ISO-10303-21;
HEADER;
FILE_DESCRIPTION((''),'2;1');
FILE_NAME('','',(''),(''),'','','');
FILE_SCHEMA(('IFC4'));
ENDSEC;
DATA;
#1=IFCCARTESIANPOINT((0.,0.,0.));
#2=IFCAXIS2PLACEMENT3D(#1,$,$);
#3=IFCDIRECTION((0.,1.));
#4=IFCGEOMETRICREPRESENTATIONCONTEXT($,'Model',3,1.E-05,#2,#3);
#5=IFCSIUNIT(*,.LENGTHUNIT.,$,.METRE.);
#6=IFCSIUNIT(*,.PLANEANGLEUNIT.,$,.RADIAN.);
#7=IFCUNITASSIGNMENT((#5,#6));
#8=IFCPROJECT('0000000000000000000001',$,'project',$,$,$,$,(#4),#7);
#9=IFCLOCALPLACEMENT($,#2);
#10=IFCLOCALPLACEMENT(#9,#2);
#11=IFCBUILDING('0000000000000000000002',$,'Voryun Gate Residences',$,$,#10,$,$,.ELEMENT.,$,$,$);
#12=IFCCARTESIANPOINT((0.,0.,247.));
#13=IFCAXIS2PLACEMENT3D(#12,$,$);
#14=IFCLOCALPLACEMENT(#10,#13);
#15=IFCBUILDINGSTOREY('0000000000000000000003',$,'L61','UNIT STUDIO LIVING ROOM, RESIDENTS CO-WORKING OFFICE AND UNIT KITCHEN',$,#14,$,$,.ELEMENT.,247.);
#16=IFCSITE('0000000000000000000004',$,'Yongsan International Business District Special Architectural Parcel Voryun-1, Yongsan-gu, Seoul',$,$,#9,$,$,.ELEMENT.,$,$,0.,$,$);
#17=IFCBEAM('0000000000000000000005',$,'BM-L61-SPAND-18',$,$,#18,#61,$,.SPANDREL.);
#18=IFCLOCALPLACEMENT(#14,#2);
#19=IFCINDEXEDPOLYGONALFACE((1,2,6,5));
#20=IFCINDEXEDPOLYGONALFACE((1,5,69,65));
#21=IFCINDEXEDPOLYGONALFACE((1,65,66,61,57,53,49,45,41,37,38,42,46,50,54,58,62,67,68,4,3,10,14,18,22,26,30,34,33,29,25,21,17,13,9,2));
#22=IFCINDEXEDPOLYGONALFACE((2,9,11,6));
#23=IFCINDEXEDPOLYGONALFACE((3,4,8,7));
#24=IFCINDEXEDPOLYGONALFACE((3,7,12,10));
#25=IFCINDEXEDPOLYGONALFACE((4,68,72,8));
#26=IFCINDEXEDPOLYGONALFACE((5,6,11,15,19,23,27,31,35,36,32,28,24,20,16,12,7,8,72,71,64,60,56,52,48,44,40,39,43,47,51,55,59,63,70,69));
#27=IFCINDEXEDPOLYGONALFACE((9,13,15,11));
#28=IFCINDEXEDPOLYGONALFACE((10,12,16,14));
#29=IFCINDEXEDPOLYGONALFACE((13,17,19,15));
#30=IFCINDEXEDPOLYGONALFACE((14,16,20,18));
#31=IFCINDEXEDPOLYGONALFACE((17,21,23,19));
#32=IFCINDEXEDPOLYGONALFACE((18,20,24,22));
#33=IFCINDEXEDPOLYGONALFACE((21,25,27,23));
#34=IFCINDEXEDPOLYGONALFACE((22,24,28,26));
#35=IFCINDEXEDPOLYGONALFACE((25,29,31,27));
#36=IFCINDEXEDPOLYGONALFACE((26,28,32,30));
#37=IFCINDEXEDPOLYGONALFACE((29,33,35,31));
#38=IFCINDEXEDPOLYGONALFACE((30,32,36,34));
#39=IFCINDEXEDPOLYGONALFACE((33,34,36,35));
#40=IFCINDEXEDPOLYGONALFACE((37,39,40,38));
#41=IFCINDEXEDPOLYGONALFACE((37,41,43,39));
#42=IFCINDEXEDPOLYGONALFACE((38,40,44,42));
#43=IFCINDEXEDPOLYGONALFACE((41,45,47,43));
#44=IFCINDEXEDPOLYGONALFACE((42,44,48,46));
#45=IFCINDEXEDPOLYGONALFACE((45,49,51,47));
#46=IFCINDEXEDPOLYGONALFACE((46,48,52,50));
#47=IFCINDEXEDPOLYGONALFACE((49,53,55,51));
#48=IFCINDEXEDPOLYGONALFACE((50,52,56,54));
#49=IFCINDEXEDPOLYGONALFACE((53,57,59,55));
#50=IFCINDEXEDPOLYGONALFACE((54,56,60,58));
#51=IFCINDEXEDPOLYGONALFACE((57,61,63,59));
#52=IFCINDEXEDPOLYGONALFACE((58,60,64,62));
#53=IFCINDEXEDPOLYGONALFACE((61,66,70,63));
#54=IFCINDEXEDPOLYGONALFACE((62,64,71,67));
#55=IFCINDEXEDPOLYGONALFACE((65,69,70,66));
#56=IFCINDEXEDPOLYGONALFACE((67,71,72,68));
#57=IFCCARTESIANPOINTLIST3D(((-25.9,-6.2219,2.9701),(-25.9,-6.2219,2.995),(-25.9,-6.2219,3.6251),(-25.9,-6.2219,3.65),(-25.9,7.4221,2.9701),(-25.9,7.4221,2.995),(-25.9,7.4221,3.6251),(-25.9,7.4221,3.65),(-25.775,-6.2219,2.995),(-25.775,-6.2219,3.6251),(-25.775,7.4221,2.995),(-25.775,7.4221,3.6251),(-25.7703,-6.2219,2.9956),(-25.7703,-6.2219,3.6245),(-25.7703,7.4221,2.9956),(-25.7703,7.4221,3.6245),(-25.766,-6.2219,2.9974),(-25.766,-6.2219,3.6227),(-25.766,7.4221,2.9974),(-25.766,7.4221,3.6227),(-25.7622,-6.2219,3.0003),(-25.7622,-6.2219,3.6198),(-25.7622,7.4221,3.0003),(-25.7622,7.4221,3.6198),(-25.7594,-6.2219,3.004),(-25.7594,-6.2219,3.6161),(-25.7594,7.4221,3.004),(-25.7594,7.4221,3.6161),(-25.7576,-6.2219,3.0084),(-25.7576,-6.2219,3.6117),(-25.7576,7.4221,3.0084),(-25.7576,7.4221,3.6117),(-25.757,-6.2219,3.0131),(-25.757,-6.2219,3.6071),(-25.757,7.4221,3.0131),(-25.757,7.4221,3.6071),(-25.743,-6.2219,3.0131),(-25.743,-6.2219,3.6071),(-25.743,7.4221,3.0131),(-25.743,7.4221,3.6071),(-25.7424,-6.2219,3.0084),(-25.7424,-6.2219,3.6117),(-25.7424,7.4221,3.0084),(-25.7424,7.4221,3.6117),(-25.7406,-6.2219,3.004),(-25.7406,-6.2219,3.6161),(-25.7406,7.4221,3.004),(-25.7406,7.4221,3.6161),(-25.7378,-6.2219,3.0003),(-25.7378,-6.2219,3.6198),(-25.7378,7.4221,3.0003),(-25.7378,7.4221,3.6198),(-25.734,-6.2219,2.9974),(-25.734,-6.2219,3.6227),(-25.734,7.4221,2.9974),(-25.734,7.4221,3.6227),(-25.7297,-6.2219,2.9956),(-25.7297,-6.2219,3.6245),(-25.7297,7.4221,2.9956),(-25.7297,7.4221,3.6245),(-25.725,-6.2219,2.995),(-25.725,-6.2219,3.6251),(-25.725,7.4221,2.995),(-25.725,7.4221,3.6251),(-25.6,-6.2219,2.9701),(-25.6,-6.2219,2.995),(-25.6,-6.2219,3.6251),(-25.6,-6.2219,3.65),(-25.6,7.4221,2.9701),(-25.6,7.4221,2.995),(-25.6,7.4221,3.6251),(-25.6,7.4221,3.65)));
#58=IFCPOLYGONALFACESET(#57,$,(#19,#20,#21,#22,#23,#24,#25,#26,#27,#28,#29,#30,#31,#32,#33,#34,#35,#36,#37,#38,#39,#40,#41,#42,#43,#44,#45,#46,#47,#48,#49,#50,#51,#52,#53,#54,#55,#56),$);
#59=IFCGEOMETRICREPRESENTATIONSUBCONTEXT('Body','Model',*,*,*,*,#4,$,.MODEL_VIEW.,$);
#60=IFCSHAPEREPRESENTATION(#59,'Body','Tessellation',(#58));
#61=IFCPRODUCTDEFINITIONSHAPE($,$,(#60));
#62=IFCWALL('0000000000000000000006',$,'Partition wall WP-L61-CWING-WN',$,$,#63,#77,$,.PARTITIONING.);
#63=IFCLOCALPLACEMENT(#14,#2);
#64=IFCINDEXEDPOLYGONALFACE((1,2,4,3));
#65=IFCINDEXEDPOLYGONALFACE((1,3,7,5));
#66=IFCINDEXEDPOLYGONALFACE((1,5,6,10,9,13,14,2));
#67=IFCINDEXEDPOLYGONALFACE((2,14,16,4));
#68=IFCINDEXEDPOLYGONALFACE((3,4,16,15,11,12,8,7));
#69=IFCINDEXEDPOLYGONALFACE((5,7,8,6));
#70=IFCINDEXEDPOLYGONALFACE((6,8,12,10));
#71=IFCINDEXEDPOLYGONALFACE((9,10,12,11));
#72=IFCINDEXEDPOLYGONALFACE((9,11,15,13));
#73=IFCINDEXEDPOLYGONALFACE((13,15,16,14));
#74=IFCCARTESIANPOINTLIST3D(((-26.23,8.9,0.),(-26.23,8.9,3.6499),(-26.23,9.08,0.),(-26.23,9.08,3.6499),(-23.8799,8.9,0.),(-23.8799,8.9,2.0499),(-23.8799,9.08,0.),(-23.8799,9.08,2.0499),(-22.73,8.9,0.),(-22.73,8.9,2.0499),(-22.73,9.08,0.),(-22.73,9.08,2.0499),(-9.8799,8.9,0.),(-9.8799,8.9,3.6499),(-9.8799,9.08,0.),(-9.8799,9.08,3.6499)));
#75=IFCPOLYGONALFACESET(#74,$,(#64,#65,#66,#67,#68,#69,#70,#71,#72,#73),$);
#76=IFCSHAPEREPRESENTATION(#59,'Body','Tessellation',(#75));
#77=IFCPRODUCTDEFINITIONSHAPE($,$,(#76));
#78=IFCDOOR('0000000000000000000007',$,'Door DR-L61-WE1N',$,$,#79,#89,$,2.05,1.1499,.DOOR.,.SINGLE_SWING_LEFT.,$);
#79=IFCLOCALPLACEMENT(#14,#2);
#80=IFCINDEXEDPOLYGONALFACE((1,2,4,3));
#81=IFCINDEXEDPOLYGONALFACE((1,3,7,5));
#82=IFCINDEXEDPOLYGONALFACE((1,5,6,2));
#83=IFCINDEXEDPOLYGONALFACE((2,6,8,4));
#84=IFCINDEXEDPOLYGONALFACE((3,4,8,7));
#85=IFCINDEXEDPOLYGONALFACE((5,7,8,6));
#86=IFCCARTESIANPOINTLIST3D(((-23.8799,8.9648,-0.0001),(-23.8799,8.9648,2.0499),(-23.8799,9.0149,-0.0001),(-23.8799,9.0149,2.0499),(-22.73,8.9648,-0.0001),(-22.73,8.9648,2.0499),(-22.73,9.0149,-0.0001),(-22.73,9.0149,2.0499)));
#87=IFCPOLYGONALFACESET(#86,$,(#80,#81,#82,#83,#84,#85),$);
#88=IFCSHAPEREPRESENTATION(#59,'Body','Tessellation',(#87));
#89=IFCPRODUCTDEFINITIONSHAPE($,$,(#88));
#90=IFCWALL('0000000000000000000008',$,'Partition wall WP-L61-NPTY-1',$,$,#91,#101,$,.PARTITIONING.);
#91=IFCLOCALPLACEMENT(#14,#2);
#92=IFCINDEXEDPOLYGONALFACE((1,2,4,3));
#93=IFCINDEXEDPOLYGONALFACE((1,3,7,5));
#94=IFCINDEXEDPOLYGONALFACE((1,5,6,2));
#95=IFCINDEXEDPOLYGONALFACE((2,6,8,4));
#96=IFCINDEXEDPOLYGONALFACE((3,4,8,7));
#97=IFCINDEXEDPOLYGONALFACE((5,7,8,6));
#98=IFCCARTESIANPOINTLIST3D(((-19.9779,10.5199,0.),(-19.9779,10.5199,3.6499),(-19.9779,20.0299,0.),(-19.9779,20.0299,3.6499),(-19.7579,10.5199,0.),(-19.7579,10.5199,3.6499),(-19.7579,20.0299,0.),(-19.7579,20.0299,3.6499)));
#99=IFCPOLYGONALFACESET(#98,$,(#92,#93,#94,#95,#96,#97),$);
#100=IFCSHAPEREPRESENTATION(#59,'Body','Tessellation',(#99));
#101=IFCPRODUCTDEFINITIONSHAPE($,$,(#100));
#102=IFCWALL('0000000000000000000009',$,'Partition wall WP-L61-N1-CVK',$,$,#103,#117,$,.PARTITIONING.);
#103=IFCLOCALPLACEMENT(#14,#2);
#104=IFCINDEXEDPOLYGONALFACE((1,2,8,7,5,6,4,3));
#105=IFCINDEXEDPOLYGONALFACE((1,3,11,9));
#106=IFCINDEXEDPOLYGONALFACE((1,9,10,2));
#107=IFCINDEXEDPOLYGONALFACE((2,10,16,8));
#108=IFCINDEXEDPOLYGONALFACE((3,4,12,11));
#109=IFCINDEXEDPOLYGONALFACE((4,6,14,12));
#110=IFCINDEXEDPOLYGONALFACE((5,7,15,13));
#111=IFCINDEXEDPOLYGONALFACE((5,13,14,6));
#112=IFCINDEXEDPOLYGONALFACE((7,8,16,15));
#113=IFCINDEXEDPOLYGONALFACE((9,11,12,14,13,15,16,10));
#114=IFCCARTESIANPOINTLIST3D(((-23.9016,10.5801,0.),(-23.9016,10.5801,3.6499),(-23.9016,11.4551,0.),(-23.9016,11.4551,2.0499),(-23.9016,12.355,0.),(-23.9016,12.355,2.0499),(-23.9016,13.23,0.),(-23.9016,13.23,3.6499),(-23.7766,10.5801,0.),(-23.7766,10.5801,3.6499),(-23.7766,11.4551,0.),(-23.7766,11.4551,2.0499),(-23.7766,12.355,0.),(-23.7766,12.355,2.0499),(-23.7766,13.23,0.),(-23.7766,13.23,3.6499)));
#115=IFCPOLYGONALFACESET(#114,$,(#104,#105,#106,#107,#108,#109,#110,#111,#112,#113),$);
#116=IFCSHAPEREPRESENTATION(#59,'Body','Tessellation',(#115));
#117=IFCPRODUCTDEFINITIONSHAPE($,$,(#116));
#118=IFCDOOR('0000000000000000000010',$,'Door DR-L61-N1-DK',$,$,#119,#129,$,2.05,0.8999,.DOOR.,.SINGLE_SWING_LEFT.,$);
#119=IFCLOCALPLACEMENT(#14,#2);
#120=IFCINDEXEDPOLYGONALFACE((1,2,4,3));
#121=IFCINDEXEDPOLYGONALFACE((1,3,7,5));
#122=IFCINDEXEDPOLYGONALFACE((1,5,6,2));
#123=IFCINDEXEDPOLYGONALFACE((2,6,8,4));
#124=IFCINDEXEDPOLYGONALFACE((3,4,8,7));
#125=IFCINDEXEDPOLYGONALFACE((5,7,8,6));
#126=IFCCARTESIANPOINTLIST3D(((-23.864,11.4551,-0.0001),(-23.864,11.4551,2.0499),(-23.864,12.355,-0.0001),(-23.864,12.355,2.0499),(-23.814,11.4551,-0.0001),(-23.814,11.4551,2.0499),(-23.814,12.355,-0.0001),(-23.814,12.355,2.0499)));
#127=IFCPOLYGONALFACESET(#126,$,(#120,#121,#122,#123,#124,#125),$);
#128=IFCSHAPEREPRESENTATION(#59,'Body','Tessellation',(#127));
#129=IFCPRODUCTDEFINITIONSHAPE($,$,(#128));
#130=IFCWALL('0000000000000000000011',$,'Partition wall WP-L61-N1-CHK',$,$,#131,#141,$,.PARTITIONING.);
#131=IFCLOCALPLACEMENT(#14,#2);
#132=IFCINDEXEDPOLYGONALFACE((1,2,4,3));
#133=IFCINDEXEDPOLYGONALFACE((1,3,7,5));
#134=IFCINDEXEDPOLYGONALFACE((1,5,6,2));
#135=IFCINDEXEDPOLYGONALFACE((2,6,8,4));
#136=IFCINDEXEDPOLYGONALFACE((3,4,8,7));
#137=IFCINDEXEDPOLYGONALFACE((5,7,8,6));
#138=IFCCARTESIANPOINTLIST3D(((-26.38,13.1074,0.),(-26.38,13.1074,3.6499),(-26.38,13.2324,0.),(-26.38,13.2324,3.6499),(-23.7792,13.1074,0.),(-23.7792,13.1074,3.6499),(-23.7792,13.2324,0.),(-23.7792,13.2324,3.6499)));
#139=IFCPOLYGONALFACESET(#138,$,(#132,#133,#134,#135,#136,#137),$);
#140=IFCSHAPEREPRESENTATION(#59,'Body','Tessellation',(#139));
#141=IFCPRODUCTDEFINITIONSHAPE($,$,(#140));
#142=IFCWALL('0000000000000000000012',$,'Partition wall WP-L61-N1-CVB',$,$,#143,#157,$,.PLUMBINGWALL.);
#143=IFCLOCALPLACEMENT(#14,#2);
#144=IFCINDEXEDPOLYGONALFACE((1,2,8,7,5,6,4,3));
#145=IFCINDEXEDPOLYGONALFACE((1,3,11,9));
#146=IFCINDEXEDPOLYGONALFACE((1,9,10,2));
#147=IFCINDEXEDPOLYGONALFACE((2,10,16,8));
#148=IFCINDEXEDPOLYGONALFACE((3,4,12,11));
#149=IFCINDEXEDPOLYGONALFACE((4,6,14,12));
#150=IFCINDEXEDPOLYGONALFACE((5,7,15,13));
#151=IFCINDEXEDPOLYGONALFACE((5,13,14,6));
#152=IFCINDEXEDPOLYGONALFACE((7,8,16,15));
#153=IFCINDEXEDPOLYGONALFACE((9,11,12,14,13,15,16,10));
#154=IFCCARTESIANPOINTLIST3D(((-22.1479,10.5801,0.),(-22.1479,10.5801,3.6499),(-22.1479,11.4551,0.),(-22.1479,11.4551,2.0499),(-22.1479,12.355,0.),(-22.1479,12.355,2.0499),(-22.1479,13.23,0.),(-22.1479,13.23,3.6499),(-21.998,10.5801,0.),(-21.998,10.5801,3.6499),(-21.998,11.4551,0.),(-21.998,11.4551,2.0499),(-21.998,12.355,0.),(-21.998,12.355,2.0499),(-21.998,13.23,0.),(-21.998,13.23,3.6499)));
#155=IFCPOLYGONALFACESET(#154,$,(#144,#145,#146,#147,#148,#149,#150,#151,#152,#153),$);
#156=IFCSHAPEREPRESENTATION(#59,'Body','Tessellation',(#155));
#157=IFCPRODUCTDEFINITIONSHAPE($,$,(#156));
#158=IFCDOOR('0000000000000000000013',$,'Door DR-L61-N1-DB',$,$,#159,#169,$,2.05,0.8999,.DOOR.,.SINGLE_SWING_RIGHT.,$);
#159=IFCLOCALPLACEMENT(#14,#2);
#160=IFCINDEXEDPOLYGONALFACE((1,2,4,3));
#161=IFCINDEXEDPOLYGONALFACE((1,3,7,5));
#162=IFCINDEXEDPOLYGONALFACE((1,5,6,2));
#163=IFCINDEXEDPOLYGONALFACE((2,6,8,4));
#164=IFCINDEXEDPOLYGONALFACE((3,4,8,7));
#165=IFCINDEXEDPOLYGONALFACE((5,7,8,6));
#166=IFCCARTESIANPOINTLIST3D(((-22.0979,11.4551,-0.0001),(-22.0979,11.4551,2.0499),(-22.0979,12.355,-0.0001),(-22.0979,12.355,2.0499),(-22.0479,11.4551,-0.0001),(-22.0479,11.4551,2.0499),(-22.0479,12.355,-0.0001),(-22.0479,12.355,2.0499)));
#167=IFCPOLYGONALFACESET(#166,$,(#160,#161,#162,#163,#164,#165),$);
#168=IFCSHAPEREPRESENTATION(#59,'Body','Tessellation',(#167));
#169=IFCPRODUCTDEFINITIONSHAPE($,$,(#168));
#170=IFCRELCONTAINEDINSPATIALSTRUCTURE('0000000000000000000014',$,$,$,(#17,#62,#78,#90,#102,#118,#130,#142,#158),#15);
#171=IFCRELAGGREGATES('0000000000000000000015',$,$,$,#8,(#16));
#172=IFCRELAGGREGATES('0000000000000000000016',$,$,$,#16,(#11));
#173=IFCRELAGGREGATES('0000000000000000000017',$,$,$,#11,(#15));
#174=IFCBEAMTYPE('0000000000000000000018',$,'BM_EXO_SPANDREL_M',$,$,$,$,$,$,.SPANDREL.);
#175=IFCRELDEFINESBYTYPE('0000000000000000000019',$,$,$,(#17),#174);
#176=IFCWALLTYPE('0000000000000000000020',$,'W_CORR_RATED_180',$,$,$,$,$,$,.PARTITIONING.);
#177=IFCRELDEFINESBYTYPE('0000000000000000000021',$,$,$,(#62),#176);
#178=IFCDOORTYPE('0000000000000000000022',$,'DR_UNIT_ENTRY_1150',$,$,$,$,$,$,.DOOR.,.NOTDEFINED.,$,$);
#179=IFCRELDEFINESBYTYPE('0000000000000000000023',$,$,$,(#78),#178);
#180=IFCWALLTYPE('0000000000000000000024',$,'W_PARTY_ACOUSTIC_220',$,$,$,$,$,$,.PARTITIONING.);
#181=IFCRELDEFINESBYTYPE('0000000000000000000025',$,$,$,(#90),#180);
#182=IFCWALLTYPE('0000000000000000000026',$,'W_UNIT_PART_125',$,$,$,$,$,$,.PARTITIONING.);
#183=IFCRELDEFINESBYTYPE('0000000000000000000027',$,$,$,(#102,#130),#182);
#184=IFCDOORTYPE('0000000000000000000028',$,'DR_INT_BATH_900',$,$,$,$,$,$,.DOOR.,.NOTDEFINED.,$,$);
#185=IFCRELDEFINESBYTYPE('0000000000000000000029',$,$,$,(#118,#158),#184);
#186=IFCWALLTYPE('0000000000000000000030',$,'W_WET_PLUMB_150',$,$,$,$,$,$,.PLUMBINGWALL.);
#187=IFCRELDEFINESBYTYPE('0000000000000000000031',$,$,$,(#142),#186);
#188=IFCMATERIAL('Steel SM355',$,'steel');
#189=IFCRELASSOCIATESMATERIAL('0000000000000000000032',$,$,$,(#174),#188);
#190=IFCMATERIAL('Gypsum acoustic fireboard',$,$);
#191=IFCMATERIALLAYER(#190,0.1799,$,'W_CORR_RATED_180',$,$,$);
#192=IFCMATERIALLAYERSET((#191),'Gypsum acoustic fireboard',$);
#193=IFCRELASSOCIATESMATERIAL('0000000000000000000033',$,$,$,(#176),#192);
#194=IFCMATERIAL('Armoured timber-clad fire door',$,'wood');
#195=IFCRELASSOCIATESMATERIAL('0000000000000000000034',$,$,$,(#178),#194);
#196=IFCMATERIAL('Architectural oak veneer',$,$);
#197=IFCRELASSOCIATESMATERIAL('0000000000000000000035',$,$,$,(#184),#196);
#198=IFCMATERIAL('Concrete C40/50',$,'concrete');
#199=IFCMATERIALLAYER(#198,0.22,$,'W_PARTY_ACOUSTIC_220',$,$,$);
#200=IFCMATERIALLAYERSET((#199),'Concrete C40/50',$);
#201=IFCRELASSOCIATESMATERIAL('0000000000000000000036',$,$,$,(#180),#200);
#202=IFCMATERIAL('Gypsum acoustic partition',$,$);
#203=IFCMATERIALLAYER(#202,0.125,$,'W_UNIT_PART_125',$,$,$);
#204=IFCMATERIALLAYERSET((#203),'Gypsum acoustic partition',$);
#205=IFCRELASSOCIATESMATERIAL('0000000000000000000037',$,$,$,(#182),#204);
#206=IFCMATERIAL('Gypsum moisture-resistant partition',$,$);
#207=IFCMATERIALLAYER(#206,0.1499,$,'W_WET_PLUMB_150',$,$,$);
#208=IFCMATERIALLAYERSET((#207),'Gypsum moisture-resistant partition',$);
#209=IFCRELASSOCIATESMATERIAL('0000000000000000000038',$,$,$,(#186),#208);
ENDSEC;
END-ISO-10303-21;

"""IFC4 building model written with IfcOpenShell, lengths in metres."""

from ifc_helpers import new_model, si_unit, direction, frame, frame_2d, origin, origin_2d, place, context, subcontext, project, spatial, rectangle, i_section, extrude, material, layer, layer_set, material_profile, profile_set, type_object, element, fill, save


model = new_model("IFC4")

# Units and contexts
model_context = context("Model", 3, precision=1e-05, world=origin(), true_north=direction((0.0, 1.0)))
body_context = subcontext(model_context, "Body", "Model", "MODEL_VIEW")
ifc_project = project(units=[si_unit("LENGTHUNIT", "METRE"), si_unit("PLANEANGLEUNIT", "RADIAN")], contexts=[model_context])

# Site, building, storey
site_placement = place(None, origin())
site = spatial("IfcSite", under=ifc_project, at=site_placement, Name="Yongsan International Business District Special Architectural Parcel Voryun-1, Yongsan-gu, Seoul", CompositionType="ELEMENT", RefElevation=0.0)
building_placement = place(site_placement, origin())
building = spatial("IfcBuilding", under=site, at=building_placement, Name="Voryun Gate Residences", CompositionType="ELEMENT")
storey_placement = place(building_placement, frame((0.0, 0.0, 247.0)))
storey = spatial("IfcBuildingStorey", under=building, at=storey_placement, Name="L61", Description="UNIT STUDIO LIVING ROOM, RESIDENTS CO-WORKING OFFICE AND UNIT KITCHEN", CompositionType="ELEMENT", Elevation=247.0)

# Beam
ifc_material_1 = material(Name="Steel SM355", Category="steel")
ifc_material_profile = material_profile(ifc_material_1, i_section(OverallWidth=0.3, OverallDepth=0.6799, WebThickness=0.0139, FlangeThickness=0.0249, FilletRadius=0.0181, at=origin_2d()), Name="H-680x300x14x25")
ifc_profile_set = profile_set([ifc_material_profile], Name="Steel SM355")
beam_type = type_object("IfcBeamType", Name="BM_EXO_SPANDREL_M", PredefinedType="SPANDREL", material=ifc_profile_set)
beam_placement = place(storey_placement, frame((-25.75, 7.4221, 3.3101), z_axis=(0.0, -1.0, 0.0), x_axis=(1.0, 0.0, 0.0)))
element("IfcBeam", 1, at=beam_placement, inside=storey, type_object=beam_type, Name="BM-L61-SPAND-18", PredefinedType="SPANDREL", context=body_context, shape_type="SweptSolid", body=[
    extrude(i_section(OverallWidth=0.3, OverallDepth=0.6799, WebThickness=0.0139, FlangeThickness=0.0249, FilletRadius=0.0181, at=origin_2d()), origin(), (0.0, 0.0, 1.0), 13.644),
])

# Wall, opening, door
ifc_material_2 = material(Name="Gypsum acoustic fireboard")
ifc_layer_1 = layer(ifc_material_2, 0.1799, Name="W_CORR_RATED_180")
ifc_layer_set_1 = layer_set([ifc_layer_1], Name="Gypsum acoustic fireboard")
wall_type_1 = type_object("IfcWallType", Name="W_CORR_RATED_180", PredefinedType="PARTITIONING", material=ifc_layer_set_1)
wall_1_placement = place(storey_placement, frame((-26.23, 8.99, 0.0), z_axis=(0.0, 0.0, 1.0), x_axis=(1.0, 0.0, 0.0)))
wall_1 = element("IfcWall", 2, at=wall_1_placement, inside=storey, type_object=wall_type_1, Name="Partition wall WP-L61-CWING-WN", PredefinedType="PARTITIONING", context=body_context, shape_type="SweptSolid", body=[
    extrude(rectangle(XDim=16.3501, YDim=0.1799, at=frame_2d((8.175, 0.0))), origin(), (0.0, 0.0, 1.0), 3.6499),
])
opening_1_placement = place(wall_1_placement, frame((2.3501, 0.0, 0.0)))
opening_1 = element("IfcOpeningElement", 3, at=opening_1_placement, cuts=wall_1, PredefinedType="OPENING", context=body_context, shape_type="SweptSolid", body=[
    extrude(rectangle(XDim=1.1499, YDim=2.05, at=frame_2d((0.575, 1.0249))), frame((0.0, 0.0999, 0.0), z_axis=(0.0, -1.0, 0.0), x_axis=(1.0, 0.0, 0.0)), (0.0, 0.0, 1.0), 0.2),
])
ifc_material_3 = material(Name="Armoured timber-clad fire door", Category="wood")
door_type_1 = type_object("IfcDoorType", Name="DR_UNIT_ENTRY_1150", OperationType="NOTDEFINED", PredefinedType="DOOR", material=ifc_material_3)
door_1_placement = place(opening_1_placement, origin())
door_1 = element("IfcDoor", 4, at=door_1_placement, inside=storey, type_object=door_type_1, Name="Door DR-L61-WE1N", OperationType="SINGLE_SWING_LEFT", OverallHeight=2.05, OverallWidth=1.1499, PredefinedType="DOOR", context=body_context, shape_type="SweptSolid", body=[
    extrude(rectangle(XDim=1.1499, YDim=2.05, at=frame_2d((0.575, 1.0249))), frame((0.0, 0.0249, 0.0), z_axis=(0.0, -1.0, 0.0), x_axis=(1.0, 0.0, 0.0)), (0.0, 0.0, 1.0), 0.05),
])
fill(opening_1, door_1)

# Shared definitions
ifc_material_4 = material(Name="Architectural oak veneer")
door_type_2 = type_object("IfcDoorType", Name="DR_INT_BATH_900", OperationType="NOTDEFINED", PredefinedType="DOOR", material=ifc_material_4)

# Wall
ifc_material_5 = material(Name="Concrete C40/50", Category="concrete")
ifc_layer_2 = layer(ifc_material_5, 0.22, Name="W_PARTY_ACOUSTIC_220")
ifc_layer_set_2 = layer_set([ifc_layer_2], Name="Concrete C40/50")
wall_type_2 = type_object("IfcWallType", Name="W_PARTY_ACOUSTIC_220", PredefinedType="PARTITIONING", material=ifc_layer_set_2)
wall_2_placement = place(storey_placement, frame((-19.8679, 10.52, 0.0), z_axis=(0.0, 0.0, 1.0), x_axis=(0.0, 1.0, 0.0)))
element("IfcWall", 5, at=wall_2_placement, inside=storey, type_object=wall_type_2, Name="Partition wall WP-L61-NPTY-1", PredefinedType="PARTITIONING", context=body_context, shape_type="SweptSolid", body=[
    extrude(rectangle(XDim=9.51, YDim=0.22, at=frame_2d((4.7549, 0.0))), origin(), (0.0, 0.0, 1.0), 3.6499),
])

# Wall, opening, door
ifc_material_6 = material(Name="Gypsum acoustic partition")
ifc_layer_3 = layer(ifc_material_6, 0.125, Name="W_UNIT_PART_125")
ifc_layer_set_3 = layer_set([ifc_layer_3], Name="Gypsum acoustic partition")
wall_type_3 = type_object("IfcWallType", Name="W_UNIT_PART_125", PredefinedType="PARTITIONING", material=ifc_layer_set_3)
wall_3_placement = place(storey_placement, frame((-23.8391, 10.5801, 0.0), z_axis=(0.0, 0.0, 1.0), x_axis=(0.0, 1.0, 0.0)))
wall_3 = element("IfcWall", 6, at=wall_3_placement, inside=storey, type_object=wall_type_3, Name="Partition wall WP-L61-N1-CVK", PredefinedType="PARTITIONING", context=body_context, shape_type="SweptSolid", body=[
    extrude(rectangle(XDim=2.6499, YDim=0.125, at=frame_2d((1.325, 0.0))), origin(), (0.0, 0.0, 1.0), 3.6499),
])
opening_2_placement = place(wall_3_placement, frame((0.875, 0.0, 0.0)))
opening_2 = element("IfcOpeningElement", 7, at=opening_2_placement, cuts=wall_3, PredefinedType="OPENING", context=body_context, shape_type="SweptSolid", body=[
    extrude(rectangle(XDim=0.8999, YDim=2.05, at=frame_2d((0.45, 1.0249))), frame((0.0, 0.0725, 0.0), z_axis=(0.0, -1.0, 0.0), x_axis=(1.0, 0.0, 0.0)), (0.0, 0.0, 1.0), 0.145),
])
door_2_placement = place(opening_2_placement, origin())
door_2 = element("IfcDoor", 8, at=door_2_placement, inside=storey, type_object=door_type_2, Name="Door DR-L61-N1-DK", OperationType="SINGLE_SWING_LEFT", OverallHeight=2.05, OverallWidth=0.8999, PredefinedType="DOOR", context=body_context, shape_type="SweptSolid", body=[
    extrude(rectangle(XDim=0.8999, YDim=2.05, at=frame_2d((0.45, 1.0249))), frame((0.0, 0.0249, 0.0), z_axis=(0.0, -1.0, 0.0), x_axis=(1.0, 0.0, 0.0)), (0.0, 0.0, 1.0), 0.05),
])
fill(opening_2, door_2)

# Wall
wall_4_placement = place(storey_placement, frame((-26.3799, 13.1699, 0.0), z_axis=(0.0, 0.0, 1.0), x_axis=(1.0, 0.0, 0.0)))
element("IfcWall", 9, at=wall_4_placement, inside=storey, type_object=wall_type_3, Name="Partition wall WP-L61-N1-CHK", PredefinedType="PARTITIONING", context=body_context, shape_type="SweptSolid", body=[
    extrude(rectangle(XDim=2.6008, YDim=0.125, at=frame_2d((1.3003, 0.0))), origin(), (0.0, 0.0, 1.0), 3.6499),
])

# Wall, opening, door
ifc_material_7 = material(Name="Gypsum moisture-resistant partition")
ifc_layer_4 = layer(ifc_material_7, 0.1499, Name="W_WET_PLUMB_150")
ifc_layer_set_4 = layer_set([ifc_layer_4], Name="Gypsum moisture-resistant partition")
wall_type_4 = type_object("IfcWallType", Name="W_WET_PLUMB_150", PredefinedType="PLUMBINGWALL", material=ifc_layer_set_4)
wall_5_placement = place(storey_placement, frame((-22.073, 10.5801, 0.0), z_axis=(0.0, 0.0, 1.0), x_axis=(0.0, 1.0, 0.0)))
wall_5 = element("IfcWall", 10, at=wall_5_placement, inside=storey, type_object=wall_type_4, Name="Partition wall WP-L61-N1-CVB", PredefinedType="PLUMBINGWALL", context=body_context, shape_type="SweptSolid", body=[
    extrude(rectangle(XDim=2.6499, YDim=0.1499, at=frame_2d((1.325, 0.0))), origin(), (0.0, 0.0, 1.0), 3.6499),
])
opening_3_placement = place(wall_5_placement, frame((0.875, 0.0, 0.0)))
opening_3 = element("IfcOpeningElement", 11, at=opening_3_placement, cuts=wall_5, PredefinedType="OPENING", context=body_context, shape_type="SweptSolid", body=[
    extrude(rectangle(XDim=0.8999, YDim=2.05, at=frame_2d((0.45, 1.0249))), frame((0.0, 0.085, 0.0), z_axis=(0.0, -1.0, 0.0), x_axis=(1.0, 0.0, 0.0)), (0.0, 0.0, 1.0), 0.1699),
])
door_3_placement = place(opening_3_placement, origin())
door_3 = element("IfcDoor", 12, at=door_3_placement, inside=storey, type_object=door_type_2, Name="Door DR-L61-N1-DB", OperationType="SINGLE_SWING_RIGHT", OverallHeight=2.05, OverallWidth=0.8999, PredefinedType="DOOR", context=body_context, shape_type="SweptSolid", body=[
    extrude(rectangle(XDim=0.8999, YDim=2.05, at=frame_2d((0.45, 1.0249))), frame((0.0, 0.0249, 0.0), z_axis=(0.0, -1.0, 0.0), x_axis=(1.0, 0.0, 0.0)), (0.0, 0.0, 1.0), 0.05),
])
fill(opening_3, door_3)

save(model, "model.ifc")
